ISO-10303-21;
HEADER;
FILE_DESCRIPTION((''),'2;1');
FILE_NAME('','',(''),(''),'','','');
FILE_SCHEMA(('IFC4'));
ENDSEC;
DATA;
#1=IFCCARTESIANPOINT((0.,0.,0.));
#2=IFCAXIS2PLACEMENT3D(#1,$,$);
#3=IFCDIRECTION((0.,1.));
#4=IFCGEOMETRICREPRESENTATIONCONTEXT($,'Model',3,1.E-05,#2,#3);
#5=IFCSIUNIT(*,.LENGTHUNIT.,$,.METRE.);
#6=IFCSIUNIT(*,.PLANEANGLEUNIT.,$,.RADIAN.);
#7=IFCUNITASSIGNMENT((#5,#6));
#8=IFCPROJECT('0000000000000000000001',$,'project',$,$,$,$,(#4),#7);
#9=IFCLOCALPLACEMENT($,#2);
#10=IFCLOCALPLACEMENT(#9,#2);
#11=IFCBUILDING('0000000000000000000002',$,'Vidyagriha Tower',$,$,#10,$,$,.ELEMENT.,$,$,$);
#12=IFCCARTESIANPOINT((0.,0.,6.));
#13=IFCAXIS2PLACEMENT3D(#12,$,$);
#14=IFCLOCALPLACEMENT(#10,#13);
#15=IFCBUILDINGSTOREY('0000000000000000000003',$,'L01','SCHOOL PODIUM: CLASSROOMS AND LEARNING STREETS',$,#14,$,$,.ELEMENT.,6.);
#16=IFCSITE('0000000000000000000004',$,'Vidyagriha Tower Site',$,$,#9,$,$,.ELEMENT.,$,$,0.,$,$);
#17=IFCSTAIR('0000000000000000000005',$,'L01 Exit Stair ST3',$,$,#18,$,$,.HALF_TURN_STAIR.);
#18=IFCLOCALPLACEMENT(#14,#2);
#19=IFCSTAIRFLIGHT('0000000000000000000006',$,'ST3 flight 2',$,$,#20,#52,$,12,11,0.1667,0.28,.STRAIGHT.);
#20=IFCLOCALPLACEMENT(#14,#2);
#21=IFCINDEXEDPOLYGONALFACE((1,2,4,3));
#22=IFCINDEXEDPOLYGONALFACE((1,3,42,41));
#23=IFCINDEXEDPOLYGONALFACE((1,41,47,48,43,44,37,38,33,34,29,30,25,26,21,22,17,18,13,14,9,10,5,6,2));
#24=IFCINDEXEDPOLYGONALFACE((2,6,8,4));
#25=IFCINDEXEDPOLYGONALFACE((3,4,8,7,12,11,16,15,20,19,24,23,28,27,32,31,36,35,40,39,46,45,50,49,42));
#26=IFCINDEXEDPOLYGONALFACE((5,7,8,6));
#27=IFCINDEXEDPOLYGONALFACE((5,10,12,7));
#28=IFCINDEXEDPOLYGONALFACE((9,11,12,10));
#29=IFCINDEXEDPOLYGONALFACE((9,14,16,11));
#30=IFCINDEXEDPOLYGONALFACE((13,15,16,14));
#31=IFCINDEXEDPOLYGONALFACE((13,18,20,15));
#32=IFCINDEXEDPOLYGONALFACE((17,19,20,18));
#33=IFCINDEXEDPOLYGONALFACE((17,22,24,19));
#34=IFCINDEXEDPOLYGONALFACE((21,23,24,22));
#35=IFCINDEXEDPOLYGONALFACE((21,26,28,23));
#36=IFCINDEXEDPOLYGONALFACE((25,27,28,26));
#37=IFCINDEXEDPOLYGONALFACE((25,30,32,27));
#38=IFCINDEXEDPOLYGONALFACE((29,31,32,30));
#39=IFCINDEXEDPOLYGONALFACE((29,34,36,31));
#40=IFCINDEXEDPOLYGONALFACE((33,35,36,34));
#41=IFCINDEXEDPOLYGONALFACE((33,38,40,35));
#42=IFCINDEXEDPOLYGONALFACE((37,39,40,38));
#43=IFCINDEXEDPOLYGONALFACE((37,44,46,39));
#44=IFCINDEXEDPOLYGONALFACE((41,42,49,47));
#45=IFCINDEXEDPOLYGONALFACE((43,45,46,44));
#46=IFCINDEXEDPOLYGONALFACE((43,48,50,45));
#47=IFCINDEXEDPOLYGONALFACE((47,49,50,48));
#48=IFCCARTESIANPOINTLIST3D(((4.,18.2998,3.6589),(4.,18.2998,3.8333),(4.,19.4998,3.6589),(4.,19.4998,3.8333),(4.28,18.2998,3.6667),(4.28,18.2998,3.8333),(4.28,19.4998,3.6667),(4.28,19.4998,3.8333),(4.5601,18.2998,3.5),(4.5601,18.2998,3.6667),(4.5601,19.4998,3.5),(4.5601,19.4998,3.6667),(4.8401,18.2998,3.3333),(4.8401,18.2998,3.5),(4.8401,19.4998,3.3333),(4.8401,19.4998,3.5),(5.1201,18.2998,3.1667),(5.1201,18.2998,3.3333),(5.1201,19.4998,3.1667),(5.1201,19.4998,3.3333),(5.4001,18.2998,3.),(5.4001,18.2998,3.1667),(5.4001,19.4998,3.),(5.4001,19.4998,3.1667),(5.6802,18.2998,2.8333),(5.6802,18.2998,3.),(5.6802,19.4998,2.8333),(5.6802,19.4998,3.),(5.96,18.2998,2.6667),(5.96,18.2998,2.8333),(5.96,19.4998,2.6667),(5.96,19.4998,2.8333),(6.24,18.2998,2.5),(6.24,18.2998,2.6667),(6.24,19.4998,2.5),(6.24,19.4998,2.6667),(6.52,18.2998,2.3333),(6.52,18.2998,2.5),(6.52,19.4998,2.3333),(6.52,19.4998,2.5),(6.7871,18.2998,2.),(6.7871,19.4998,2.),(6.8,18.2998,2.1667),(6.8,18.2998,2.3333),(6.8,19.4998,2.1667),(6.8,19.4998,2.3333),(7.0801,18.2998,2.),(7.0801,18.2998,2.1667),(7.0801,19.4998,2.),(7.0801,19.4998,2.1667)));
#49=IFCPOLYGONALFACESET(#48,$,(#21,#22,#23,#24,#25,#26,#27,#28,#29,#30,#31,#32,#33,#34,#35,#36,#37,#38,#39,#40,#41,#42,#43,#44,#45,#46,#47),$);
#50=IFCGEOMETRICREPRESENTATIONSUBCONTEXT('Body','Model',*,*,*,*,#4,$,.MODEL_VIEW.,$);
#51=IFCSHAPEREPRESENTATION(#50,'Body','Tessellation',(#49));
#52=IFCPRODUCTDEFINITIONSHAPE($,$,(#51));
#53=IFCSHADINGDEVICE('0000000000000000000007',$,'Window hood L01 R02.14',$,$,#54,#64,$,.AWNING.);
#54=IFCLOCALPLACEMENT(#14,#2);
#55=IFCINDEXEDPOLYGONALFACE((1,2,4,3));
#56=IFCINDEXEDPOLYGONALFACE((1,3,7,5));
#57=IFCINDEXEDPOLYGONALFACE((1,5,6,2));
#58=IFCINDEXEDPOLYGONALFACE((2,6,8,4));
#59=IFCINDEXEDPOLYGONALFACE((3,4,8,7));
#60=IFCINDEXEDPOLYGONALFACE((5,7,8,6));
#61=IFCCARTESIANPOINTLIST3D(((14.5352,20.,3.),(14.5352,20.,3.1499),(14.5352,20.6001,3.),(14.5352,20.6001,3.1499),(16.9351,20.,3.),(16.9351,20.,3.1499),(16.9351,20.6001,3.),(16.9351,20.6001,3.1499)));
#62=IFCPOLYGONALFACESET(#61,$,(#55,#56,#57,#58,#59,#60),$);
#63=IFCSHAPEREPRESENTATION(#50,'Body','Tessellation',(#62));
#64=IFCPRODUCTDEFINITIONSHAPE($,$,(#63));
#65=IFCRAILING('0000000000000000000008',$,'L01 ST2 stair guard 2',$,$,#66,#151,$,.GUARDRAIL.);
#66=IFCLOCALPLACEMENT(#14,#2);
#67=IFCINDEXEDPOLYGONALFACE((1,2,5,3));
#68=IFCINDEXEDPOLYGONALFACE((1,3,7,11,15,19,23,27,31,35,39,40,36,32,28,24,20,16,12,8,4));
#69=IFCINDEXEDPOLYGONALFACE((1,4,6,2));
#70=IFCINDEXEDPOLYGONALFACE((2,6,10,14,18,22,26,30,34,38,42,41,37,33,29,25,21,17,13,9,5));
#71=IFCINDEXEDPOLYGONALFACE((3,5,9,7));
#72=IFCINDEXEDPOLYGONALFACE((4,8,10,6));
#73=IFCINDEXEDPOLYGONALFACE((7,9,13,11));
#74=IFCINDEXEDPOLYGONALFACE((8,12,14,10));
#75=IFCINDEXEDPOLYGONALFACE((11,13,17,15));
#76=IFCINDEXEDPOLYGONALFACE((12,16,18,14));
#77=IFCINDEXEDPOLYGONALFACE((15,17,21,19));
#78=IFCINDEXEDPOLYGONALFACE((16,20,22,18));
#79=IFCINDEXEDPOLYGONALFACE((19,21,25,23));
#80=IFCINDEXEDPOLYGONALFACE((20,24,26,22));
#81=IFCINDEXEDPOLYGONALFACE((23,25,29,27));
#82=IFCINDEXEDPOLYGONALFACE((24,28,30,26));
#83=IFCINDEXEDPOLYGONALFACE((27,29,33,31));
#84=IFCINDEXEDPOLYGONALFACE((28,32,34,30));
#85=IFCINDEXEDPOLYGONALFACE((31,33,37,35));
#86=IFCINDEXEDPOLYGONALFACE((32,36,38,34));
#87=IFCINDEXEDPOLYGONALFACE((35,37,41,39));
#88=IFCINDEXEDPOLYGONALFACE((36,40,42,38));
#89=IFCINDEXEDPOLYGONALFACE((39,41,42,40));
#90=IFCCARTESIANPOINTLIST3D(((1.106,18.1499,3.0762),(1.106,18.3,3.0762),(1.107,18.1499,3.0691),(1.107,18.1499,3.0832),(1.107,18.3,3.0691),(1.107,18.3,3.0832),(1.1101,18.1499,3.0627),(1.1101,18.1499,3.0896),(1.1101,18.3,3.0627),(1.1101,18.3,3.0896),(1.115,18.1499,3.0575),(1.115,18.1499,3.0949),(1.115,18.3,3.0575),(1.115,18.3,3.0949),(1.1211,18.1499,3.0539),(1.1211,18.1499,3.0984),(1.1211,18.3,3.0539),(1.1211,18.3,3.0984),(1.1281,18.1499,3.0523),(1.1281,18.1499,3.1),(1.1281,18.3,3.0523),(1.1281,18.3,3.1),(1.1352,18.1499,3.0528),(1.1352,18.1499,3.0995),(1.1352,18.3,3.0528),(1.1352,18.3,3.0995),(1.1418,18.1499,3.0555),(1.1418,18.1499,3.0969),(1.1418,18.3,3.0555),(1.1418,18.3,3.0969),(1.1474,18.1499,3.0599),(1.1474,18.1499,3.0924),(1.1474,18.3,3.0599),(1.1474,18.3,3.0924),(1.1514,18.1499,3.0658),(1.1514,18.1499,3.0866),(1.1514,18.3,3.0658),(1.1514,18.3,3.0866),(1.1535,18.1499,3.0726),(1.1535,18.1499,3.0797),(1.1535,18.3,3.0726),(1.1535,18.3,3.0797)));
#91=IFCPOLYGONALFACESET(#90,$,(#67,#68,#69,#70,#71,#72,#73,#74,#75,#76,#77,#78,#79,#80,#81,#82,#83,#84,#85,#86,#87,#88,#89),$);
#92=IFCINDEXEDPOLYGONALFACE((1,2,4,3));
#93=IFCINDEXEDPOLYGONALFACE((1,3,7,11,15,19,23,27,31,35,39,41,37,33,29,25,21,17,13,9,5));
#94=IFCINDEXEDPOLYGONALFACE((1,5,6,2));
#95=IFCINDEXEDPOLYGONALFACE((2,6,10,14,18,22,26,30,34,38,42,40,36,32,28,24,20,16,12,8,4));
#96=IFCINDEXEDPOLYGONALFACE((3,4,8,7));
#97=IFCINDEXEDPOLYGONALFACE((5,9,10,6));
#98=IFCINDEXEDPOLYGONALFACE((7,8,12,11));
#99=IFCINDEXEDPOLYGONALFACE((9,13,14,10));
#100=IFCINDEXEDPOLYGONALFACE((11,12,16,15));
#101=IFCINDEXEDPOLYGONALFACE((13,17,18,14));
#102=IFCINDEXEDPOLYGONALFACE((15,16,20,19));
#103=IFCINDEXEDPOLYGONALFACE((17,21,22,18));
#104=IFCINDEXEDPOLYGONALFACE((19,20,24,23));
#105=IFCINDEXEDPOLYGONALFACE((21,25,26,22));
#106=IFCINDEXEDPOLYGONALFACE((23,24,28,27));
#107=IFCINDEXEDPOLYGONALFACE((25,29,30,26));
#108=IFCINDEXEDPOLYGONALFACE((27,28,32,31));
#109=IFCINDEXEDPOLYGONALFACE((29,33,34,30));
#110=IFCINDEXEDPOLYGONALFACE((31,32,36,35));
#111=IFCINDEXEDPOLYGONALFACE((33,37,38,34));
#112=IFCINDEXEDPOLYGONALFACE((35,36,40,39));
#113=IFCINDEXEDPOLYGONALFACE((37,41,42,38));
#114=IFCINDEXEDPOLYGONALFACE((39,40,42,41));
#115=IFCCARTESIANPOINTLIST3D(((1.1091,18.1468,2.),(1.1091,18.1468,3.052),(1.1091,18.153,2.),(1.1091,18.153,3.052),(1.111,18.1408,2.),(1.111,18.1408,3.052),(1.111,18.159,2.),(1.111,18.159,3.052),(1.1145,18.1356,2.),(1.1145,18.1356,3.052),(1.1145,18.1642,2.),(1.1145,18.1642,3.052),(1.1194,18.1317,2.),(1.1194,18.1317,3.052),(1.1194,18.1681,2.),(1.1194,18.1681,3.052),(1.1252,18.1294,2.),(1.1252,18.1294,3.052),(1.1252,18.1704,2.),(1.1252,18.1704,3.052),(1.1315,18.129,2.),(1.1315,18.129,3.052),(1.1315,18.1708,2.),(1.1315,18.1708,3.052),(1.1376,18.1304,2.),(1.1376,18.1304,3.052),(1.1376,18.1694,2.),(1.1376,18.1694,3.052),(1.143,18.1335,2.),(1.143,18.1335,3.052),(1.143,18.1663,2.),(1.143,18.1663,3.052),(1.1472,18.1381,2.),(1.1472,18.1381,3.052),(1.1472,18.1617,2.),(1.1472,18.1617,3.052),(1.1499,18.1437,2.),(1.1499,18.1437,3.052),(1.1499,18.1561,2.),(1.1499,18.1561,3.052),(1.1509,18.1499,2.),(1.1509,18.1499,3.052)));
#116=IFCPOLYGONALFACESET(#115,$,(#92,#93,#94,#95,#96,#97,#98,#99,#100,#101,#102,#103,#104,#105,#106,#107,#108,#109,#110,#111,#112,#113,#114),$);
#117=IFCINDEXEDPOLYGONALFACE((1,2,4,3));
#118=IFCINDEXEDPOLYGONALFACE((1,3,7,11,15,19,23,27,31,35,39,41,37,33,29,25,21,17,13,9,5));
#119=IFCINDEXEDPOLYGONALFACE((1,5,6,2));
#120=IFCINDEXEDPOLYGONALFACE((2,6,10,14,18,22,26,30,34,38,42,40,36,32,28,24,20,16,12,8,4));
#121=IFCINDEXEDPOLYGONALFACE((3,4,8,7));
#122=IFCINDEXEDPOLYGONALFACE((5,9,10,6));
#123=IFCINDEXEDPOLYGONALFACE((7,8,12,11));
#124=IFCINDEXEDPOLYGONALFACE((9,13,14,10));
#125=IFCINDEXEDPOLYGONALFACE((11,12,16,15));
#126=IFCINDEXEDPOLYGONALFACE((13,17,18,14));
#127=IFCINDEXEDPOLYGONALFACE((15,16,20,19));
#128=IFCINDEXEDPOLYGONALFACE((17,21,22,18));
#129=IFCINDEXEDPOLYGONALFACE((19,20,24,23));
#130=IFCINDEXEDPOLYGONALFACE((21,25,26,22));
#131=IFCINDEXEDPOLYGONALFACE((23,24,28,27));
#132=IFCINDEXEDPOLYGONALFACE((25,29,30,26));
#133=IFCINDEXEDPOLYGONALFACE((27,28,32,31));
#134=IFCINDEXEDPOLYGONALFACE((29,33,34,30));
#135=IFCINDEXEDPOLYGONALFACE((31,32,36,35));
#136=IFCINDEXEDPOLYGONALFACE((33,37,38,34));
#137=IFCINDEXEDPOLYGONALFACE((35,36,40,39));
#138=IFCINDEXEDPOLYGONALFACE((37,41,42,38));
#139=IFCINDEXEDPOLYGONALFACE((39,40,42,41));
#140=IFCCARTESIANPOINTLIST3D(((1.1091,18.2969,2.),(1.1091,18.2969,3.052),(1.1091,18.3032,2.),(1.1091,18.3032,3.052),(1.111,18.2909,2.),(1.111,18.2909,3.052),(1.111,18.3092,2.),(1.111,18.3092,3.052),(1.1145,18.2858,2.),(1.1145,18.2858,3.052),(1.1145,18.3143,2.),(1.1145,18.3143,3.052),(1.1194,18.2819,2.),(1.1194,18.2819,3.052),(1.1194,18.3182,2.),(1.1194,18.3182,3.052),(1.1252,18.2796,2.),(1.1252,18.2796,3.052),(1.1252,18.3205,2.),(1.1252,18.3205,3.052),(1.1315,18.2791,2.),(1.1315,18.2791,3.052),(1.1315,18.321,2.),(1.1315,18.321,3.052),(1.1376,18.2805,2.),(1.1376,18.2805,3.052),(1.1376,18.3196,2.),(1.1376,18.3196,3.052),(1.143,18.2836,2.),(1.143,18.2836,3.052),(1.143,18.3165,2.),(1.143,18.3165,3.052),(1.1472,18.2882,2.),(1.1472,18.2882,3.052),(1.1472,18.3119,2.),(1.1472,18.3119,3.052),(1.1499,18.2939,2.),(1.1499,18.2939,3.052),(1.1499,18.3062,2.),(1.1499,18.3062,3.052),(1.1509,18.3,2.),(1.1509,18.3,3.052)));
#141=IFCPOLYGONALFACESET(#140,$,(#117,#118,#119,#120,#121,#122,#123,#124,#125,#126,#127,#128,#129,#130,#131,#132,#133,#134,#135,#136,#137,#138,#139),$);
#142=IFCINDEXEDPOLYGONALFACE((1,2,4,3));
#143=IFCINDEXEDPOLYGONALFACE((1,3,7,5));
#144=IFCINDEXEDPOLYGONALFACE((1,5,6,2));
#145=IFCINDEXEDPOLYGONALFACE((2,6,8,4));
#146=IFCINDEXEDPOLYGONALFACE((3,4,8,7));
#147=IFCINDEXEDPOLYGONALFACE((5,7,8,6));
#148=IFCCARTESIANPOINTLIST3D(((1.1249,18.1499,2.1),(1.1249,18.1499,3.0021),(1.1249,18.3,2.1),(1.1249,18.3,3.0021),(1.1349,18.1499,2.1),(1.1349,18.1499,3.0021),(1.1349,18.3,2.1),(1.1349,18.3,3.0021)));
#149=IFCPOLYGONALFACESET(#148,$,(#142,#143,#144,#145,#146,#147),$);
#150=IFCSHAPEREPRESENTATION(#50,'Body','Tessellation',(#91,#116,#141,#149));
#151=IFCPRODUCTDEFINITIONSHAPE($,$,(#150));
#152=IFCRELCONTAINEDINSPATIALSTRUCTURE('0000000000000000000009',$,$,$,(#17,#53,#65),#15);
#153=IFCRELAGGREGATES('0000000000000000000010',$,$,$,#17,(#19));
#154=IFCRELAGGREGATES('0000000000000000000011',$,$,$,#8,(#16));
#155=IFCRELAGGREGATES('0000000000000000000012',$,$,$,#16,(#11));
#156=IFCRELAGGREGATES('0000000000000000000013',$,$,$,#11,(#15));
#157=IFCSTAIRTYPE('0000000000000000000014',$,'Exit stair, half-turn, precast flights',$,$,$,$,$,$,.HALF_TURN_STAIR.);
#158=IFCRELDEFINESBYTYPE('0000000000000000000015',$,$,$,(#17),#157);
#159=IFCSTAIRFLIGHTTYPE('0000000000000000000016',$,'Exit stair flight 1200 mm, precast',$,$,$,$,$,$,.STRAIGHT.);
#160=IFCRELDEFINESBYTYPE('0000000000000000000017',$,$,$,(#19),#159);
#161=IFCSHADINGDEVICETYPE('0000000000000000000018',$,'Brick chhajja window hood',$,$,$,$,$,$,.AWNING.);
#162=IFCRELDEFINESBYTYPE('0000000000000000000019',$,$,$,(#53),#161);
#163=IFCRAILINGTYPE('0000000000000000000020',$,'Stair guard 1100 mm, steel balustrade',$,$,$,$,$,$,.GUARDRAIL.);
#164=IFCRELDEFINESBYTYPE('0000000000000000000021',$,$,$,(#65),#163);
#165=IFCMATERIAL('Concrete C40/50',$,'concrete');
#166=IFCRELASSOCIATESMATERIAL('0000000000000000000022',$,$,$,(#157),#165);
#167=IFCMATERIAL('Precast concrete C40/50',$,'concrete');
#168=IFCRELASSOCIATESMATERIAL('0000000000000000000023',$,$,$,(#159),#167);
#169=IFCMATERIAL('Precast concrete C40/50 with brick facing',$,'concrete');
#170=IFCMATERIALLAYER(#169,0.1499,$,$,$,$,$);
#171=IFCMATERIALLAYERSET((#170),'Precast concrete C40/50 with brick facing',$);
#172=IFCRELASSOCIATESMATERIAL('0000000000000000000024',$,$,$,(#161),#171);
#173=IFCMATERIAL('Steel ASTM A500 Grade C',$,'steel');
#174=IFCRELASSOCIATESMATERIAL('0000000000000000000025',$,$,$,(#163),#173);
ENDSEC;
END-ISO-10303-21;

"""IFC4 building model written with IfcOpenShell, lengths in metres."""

from ifc_helpers import new_model, si_unit, direction, frame, origin, origin_2d, place, context, subcontext, project, spatial, polyline, rectangle, circle, outline, extrude, material, layer, layer_set, type_object, element, aggregate, save


model = new_model("IFC4")

# Units and contexts
model_context = context("Model", 3, precision=1e-05, world=origin(), true_north=direction((0.0, 1.0)))
body_context = subcontext(model_context, "Body", "Model", "MODEL_VIEW")
ifc_project = project(units=[si_unit("LENGTHUNIT", "METRE"), si_unit("PLANEANGLEUNIT", "RADIAN")], contexts=[model_context])

# Site, building, storey
site_placement = place(None, origin())
site = spatial("IfcSite", under=ifc_project, at=site_placement, Name="Vidyagriha Tower Site", CompositionType="ELEMENT", RefElevation=0.0)
building_placement = place(site_placement, origin())
building = spatial("IfcBuilding", under=site, at=building_placement, Name="Vidyagriha Tower", CompositionType="ELEMENT")
storey_placement = place(building_placement, frame((0.0, 0.0, 6.0)))
storey = spatial("IfcBuildingStorey", under=building, at=storey_placement, Name="L01", Description="SCHOOL PODIUM: CLASSROOMS AND LEARNING STREETS", CompositionType="ELEMENT", Elevation=6.0)

# Shared definitions
ifc_material_1 = material(Name="Concrete C40/50", Category="concrete")
stair_type = type_object("IfcStairType", Name="Exit stair, half-turn, precast flights", PredefinedType="HALF_TURN_STAIR", material=ifc_material_1)
ifc_material_2 = material(Name="Precast concrete C40/50", Category="concrete")
stair_flight_type = type_object("IfcStairFlightType", Name="Exit stair flight 1200 mm, precast", PredefinedType="STRAIGHT", material=ifc_material_2)

# Stair, stair flight
stair_1_placement = place(storey_placement, origin())
stair_1 = element("IfcStair", 1, at=stair_1_placement, inside=storey, type_object=stair_type, Name="L01 Exit Stair ST3", PredefinedType="HALF_TURN_STAIR")
stair_flight_1_placement = place(storey_placement, frame((7.0801, 18.8999, 2.0), z_axis=(0.0, 0.0, 1.0), x_axis=(-1.0, 0.0, 0.0)))
stair_flight_1 = element("IfcStairFlight", 2, at=stair_flight_1_placement, type_object=stair_flight_type, Name="ST3 flight 2", NumberOfRisers=12, NumberOfTreads=11, PredefinedType="STRAIGHT", RiserHeight=0.1667, TreadLength=0.28, context=body_context, shape_type="SweptSolid", body=[
    extrude(outline(polyline([(0.0, 0.0), (0.0, 0.1667), (0.28, 0.1667), (0.28, 0.3333), (0.5601, 0.3333), (0.5601, 0.5), (0.8401, 0.5), (0.8401, 0.6667), (1.1201, 0.6667), (1.1201, 0.8333), (1.3999, 0.8333), (1.3999, 1.0), (1.6799, 1.0), (1.6799, 1.1667), (1.96, 1.1667), (1.96, 1.3333), (2.24, 1.3333), (2.24, 1.5), (2.52, 1.5), (2.52, 1.6667), (2.8, 1.6667), (2.8, 1.8333), (3.0801, 1.8333), (3.0801, 2.0), (3.0801, 1.6589), (0.293, 0.0), (0.0, 0.0)])), frame((0.0, 0.6001, 0.0), z_axis=(0.0, -1.0, 0.0), x_axis=(1.0, 0.0, 0.0)), (0.0, 0.0, 1.0), 1.2),
])
aggregate(stair_1, [stair_flight_1])

# Shading device
ifc_material_3 = material(Name="Precast concrete C40/50 with brick facing", Category="concrete")
ifc_layer_1 = layer(ifc_material_3, 0.1499)
ifc_layer_set_1 = layer_set([ifc_layer_1], Name="Precast concrete C40/50 with brick facing")
shading_device_type = type_object("IfcShadingDeviceType", Name="Brick chhajja window hood", PredefinedType="AWNING", material=ifc_layer_set_1)
shading_device_placement = place(storey_placement, frame((15.7351, 20.3, 3.0), z_axis=(0.0, 0.0, 1.0), x_axis=(-1.0, 0.0, 0.0)))
element("IfcShadingDevice", 3, at=shading_device_placement, inside=storey, type_object=shading_device_type, Name="Window hood L01 R02.14", PredefinedType="AWNING", context=body_context, shape_type="SweptSolid", body=[
    extrude(rectangle(XDim=2.3999, YDim=0.6001, at=origin_2d()), origin(), (0.0, 0.0, 1.0), 0.1499),
])

# Railing
ifc_material_4 = material(Name="Steel ASTM A500 Grade C", Category="steel")
railing_type_1 = type_object("IfcRailingType", Name="Stair guard 1100 mm, steel balustrade", PredefinedType="GUARDRAIL", material=ifc_material_4)
railing_1_placement = place(storey_placement, frame((1.1299, 18.1499, 2.0)))
element("IfcRailing", 4, at=railing_1_placement, inside=storey, type_object=railing_type_1, Name="L01 ST2 stair guard 2", PredefinedType="GUARDRAIL", context=body_context, shape_type="SweptSolid", body=[
    extrude(circle(Radius=0.0239, at=origin_2d()), frame((0.0, 0.0, 1.0762), z_axis=(0.0, 1.0, 0.0), x_axis=(-1.0, 0.0, 0.0)), (0.0, 0.0, 1.0), 0.1501),
    extrude(circle(Radius=0.021, at=origin_2d()), origin(), (0.0, 0.0, 1.0), 1.052),
    extrude(circle(Radius=0.021, at=origin_2d()), frame((0.0, 0.1501, 0.0)), (0.0, 0.0, 1.0), 1.052),
    extrude(rectangle(XDim=0.01, YDim=0.9021, at=origin_2d()), frame((0.0, 0.0, 0.551), z_axis=(0.0, 1.0, 0.0), x_axis=(-1.0, 0.0, 0.0)), (0.0, 0.0, 1.0), 0.1501),
])

save(model, "model.ifc")
